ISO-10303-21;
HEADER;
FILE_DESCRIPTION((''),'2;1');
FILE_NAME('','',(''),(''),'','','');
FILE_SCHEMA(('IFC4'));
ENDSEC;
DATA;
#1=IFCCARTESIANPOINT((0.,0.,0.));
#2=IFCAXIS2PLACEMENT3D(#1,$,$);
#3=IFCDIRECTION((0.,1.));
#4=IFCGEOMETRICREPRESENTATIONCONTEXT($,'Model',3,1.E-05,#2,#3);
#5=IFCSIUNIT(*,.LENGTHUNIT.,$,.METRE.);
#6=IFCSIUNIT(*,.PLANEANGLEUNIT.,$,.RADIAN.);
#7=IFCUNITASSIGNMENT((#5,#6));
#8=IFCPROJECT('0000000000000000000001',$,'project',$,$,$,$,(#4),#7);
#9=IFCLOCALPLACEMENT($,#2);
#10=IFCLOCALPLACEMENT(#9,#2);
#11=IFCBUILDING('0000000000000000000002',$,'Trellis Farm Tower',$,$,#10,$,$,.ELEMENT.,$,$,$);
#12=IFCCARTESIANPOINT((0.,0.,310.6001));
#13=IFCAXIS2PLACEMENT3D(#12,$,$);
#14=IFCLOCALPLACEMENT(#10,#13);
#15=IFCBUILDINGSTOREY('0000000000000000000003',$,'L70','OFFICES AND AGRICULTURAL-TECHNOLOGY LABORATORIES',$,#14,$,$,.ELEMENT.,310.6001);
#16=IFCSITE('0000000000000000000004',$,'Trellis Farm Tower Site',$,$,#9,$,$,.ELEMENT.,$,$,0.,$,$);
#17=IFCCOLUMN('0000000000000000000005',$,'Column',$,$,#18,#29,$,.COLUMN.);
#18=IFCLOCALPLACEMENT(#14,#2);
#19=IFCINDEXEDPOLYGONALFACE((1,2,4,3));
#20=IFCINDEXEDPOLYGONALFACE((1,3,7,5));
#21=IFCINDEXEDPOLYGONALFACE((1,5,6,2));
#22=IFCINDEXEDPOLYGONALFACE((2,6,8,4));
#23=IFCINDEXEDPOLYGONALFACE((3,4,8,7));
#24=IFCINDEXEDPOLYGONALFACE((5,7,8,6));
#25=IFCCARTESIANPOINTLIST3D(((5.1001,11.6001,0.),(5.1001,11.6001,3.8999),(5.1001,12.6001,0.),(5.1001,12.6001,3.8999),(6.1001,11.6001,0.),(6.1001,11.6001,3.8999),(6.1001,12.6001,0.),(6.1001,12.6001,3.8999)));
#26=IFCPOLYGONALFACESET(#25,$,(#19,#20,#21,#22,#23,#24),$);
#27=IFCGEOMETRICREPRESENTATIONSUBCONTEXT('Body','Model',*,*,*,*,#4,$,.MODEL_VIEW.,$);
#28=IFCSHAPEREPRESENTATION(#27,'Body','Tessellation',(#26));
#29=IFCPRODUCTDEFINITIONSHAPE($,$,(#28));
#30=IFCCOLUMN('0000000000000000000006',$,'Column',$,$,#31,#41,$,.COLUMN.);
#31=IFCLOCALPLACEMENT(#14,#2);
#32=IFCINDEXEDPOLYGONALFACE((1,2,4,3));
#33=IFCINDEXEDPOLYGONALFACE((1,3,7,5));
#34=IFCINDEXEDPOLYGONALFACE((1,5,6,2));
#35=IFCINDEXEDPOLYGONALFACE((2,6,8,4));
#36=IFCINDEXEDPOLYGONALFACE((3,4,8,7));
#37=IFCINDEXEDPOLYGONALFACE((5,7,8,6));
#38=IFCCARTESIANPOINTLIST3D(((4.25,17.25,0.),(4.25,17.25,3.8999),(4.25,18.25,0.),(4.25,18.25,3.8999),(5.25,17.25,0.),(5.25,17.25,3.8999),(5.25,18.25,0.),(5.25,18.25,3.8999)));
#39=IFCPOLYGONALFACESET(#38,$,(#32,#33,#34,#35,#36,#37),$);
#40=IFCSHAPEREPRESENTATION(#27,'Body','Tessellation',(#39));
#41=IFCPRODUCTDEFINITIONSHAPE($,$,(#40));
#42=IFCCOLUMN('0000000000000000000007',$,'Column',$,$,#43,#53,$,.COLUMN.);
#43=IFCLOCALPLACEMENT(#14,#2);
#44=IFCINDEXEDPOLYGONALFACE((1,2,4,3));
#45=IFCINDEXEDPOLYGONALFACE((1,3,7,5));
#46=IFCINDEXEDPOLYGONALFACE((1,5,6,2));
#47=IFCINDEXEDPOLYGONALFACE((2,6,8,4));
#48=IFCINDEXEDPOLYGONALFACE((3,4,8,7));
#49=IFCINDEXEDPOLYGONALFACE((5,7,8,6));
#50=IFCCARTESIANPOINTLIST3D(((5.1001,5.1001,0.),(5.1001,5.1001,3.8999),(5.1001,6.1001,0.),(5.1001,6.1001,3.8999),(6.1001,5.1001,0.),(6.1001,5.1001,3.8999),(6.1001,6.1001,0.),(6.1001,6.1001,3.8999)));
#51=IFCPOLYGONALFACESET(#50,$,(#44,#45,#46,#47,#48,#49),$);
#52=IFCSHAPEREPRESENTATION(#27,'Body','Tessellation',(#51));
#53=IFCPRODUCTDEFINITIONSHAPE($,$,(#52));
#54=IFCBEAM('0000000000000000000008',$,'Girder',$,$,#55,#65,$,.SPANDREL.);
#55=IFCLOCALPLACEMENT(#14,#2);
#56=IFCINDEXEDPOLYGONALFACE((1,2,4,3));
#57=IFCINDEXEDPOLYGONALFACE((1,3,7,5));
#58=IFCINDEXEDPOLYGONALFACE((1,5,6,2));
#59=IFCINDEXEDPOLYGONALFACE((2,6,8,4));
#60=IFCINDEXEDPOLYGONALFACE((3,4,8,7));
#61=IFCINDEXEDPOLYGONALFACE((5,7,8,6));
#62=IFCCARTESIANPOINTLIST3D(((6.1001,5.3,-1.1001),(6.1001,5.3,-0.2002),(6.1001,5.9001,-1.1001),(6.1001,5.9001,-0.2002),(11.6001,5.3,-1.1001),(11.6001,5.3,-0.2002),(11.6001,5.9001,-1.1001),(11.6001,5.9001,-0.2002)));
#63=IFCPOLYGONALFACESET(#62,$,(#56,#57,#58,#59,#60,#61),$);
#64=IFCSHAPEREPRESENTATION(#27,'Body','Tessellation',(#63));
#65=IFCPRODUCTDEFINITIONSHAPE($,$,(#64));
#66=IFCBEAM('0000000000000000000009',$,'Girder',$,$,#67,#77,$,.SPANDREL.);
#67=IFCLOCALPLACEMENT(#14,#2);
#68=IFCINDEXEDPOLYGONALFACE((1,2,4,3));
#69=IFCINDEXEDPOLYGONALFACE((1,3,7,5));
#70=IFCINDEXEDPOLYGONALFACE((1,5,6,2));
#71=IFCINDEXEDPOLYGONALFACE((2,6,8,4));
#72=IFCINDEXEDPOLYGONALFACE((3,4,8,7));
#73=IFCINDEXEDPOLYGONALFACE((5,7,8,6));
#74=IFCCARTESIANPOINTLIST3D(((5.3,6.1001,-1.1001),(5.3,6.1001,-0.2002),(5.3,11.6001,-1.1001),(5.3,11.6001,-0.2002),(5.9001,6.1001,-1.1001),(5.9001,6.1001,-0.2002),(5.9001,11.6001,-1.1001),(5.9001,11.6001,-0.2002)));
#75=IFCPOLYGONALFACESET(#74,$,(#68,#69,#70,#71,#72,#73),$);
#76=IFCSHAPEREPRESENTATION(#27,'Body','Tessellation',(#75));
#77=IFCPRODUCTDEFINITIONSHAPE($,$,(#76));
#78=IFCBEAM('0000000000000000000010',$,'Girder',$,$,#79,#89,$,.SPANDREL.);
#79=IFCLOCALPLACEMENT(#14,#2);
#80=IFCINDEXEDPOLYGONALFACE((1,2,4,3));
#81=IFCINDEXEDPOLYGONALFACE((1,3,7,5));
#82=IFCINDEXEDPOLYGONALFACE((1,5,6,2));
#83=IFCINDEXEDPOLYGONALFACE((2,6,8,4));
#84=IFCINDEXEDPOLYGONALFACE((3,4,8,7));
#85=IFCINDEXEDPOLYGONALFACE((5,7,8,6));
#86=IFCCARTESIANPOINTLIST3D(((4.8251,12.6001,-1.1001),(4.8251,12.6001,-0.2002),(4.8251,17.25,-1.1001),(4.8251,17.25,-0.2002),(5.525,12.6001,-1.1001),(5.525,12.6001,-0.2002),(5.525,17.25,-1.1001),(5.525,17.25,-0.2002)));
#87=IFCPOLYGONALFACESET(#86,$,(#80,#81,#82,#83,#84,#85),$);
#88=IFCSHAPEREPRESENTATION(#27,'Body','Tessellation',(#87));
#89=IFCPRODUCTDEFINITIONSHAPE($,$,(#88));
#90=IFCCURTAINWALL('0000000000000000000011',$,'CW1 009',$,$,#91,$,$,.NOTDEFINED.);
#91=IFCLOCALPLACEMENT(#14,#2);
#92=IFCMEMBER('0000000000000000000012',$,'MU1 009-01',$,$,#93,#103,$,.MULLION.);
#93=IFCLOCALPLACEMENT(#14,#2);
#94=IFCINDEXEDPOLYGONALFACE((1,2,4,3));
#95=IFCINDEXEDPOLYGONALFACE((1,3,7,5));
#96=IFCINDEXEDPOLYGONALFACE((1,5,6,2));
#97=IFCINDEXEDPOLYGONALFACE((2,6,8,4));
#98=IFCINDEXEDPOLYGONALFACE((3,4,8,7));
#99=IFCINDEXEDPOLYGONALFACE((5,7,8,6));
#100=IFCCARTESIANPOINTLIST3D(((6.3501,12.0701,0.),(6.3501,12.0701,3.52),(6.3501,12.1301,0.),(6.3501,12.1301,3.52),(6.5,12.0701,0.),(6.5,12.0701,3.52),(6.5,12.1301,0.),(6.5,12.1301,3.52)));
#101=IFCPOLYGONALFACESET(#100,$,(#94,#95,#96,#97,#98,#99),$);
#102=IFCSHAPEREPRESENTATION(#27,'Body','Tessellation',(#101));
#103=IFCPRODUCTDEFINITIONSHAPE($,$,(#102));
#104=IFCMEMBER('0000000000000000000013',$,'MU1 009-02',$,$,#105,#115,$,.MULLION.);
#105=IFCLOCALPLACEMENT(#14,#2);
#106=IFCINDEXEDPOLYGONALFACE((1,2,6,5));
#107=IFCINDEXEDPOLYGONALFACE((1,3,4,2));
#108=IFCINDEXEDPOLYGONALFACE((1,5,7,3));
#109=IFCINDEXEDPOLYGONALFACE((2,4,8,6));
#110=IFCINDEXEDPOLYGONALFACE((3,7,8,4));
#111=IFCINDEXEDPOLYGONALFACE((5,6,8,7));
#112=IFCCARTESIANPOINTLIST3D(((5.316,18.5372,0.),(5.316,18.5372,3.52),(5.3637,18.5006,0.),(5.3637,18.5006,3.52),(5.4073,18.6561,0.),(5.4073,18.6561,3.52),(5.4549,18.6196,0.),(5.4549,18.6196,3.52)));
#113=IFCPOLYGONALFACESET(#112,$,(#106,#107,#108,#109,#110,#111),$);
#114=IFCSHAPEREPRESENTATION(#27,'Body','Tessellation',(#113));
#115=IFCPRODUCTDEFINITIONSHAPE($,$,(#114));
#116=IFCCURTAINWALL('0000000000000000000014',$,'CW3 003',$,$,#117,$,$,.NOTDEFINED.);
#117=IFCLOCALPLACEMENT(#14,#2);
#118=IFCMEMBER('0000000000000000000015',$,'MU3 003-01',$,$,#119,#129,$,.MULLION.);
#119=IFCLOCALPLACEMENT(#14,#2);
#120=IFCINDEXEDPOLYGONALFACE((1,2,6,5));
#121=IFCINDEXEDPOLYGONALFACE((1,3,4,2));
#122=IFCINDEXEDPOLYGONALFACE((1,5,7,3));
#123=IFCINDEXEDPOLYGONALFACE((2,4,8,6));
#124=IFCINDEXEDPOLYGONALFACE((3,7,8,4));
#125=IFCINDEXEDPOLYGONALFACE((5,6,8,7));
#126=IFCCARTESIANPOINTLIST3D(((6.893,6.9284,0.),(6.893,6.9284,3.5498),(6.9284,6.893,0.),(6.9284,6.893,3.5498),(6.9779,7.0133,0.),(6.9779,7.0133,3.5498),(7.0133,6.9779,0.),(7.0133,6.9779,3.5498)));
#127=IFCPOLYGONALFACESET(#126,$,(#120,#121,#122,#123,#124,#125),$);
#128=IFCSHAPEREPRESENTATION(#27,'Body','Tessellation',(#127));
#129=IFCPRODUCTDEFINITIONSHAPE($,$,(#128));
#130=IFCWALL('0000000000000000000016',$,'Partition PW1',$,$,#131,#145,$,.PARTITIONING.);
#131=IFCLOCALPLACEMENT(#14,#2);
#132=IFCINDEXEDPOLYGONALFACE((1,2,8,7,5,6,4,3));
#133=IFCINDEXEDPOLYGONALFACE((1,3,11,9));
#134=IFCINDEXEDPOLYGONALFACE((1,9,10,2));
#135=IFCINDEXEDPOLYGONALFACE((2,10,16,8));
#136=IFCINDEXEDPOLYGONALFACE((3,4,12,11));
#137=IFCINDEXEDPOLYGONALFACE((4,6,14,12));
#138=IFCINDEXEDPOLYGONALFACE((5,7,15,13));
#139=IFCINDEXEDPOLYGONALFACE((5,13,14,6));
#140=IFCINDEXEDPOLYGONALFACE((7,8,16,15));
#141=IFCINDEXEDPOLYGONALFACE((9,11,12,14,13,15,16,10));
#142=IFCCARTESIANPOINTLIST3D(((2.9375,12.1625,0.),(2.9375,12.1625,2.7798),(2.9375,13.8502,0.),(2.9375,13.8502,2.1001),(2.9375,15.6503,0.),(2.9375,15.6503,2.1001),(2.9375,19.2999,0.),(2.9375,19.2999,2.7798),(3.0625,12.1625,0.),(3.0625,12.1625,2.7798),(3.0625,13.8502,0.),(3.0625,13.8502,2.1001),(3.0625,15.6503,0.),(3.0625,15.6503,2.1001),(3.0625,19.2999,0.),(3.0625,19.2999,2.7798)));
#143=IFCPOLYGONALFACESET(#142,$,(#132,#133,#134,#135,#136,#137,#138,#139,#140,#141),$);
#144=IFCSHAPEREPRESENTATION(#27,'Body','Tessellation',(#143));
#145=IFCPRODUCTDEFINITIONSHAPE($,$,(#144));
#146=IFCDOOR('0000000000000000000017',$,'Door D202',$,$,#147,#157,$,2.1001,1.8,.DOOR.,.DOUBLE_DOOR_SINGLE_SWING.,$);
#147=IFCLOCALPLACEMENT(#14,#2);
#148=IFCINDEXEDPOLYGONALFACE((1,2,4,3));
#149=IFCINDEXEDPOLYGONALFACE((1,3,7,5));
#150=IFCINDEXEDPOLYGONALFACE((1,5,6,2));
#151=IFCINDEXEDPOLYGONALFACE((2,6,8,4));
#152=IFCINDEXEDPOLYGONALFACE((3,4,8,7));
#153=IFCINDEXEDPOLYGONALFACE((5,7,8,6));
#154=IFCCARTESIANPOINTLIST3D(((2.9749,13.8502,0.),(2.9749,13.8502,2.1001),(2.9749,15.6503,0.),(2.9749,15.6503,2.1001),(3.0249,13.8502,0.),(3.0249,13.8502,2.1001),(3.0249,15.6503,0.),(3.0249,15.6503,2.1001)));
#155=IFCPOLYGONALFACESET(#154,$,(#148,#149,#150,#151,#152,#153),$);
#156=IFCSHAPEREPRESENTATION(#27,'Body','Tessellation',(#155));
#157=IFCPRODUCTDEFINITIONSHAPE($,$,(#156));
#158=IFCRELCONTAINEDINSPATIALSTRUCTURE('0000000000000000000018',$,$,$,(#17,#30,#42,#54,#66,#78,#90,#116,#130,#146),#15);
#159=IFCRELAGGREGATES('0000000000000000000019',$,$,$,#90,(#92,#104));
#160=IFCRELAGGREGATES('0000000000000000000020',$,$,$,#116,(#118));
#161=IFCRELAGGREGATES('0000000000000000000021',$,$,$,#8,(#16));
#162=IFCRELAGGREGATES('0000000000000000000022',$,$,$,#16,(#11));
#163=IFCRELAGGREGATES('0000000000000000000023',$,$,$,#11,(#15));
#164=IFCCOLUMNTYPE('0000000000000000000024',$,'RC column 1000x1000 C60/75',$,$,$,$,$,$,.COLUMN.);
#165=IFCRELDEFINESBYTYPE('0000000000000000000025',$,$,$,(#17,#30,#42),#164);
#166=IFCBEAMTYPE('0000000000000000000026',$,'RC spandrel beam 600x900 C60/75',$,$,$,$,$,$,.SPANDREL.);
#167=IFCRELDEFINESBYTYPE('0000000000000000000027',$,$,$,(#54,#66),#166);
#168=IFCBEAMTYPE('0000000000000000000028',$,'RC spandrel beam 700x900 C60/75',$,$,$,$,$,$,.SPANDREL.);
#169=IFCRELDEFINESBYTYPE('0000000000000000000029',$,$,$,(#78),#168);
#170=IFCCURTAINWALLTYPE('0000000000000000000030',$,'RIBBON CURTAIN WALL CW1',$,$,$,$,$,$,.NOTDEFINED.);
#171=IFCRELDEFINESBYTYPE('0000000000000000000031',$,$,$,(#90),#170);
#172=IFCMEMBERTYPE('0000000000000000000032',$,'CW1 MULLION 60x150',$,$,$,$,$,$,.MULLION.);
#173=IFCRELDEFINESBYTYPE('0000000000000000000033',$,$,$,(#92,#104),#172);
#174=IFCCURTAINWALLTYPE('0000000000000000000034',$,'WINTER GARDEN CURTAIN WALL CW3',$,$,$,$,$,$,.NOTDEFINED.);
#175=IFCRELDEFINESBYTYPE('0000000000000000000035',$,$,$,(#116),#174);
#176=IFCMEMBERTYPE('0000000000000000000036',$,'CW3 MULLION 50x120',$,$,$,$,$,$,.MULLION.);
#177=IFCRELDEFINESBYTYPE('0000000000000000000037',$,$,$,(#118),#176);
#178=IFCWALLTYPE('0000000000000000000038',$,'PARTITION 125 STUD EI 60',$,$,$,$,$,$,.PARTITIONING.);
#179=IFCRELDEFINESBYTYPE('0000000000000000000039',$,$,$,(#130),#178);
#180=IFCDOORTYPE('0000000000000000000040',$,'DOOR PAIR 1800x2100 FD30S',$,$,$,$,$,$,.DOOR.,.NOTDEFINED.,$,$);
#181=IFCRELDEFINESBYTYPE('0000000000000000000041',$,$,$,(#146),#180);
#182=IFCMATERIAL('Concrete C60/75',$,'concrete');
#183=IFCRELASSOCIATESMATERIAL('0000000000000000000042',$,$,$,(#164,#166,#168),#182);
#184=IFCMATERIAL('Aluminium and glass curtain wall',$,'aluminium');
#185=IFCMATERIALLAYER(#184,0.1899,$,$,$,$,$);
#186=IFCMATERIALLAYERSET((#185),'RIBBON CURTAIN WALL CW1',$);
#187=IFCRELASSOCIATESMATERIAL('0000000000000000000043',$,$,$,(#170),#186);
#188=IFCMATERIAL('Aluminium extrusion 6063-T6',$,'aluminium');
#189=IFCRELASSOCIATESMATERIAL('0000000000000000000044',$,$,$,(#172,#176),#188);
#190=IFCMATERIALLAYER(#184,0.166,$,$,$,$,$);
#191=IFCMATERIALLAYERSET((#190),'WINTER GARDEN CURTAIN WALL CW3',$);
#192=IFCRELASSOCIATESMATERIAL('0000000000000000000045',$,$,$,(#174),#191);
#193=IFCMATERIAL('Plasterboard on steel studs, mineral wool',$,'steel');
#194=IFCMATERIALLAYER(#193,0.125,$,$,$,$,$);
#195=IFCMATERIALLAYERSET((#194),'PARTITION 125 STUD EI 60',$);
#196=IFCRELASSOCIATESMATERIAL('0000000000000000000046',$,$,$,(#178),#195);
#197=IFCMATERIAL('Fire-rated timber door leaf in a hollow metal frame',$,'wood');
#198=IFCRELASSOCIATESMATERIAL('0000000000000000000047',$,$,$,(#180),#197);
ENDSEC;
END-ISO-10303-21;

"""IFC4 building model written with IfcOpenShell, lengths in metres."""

from ifc_helpers import new_model, si_unit, direction, frame, frame_2d, origin, origin_2d, place, context, subcontext, project, spatial, rectangle, extrude, source, transform, mapped, material, layer, layer_set, material_profile, profile_set, type_object, element, fill, aggregate, save


model = new_model("IFC4")

# Units and contexts
model_context = context("Model", 3, precision=1e-05, world=origin(), true_north=direction((0.0, 1.0)))
body_context = subcontext(model_context, "Body", "Model", "MODEL_VIEW")
ifc_project = project(units=[si_unit("LENGTHUNIT", "METRE"), si_unit("PLANEANGLEUNIT", "RADIAN")], contexts=[model_context])

# Site, building, storey
site_placement = place(None, origin())
site = spatial("IfcSite", under=ifc_project, at=site_placement, Name="Trellis Farm Tower Site", CompositionType="ELEMENT", RefElevation=0.0)
building_placement = place(site_placement, origin())
building = spatial("IfcBuilding", under=site, at=building_placement, Name="Trellis Farm Tower", CompositionType="ELEMENT")
storey_placement = place(building_placement, frame((0.0, 0.0, 310.6001)))
storey = spatial("IfcBuildingStorey", under=building, at=storey_placement, Name="L70", Description="OFFICES AND AGRICULTURAL-TECHNOLOGY LABORATORIES", CompositionType="ELEMENT", Elevation=310.6001)

# Columns
ifc_material_1 = material(Name="Concrete C60/75", Category="concrete")
ifc_material_profile_1 = material_profile(ifc_material_1, rectangle(XDim=1.0, YDim=1.0, at=origin_2d()), Name="RC column 1000x1000 C60/75")
ifc_profile_set_1 = profile_set([ifc_material_profile_1], Name="Concrete C60/75")
column_type = type_object("IfcColumnType", Name="RC column 1000x1000 C60/75", PredefinedType="COLUMN", material=ifc_profile_set_1)
shared_shape_1 = source(origin(), body_context, "Body", "SweptSolid", [
    extrude(rectangle(XDim=1.0, YDim=1.0, at=origin_2d()), origin(), (0.0, 0.0, 1.0), 3.8999),
])
for number, where, z_axis, x_axis, name in (
    (1, (5.6001, 12.1001, 0.0), (0.0, 0.0, 1.0), (1.0, 0.0, 0.0), "Column"),
    (2, (4.75, 17.75, 0.0), (0.0, 0.0, 1.0), (1.0, 0.0, 0.0), "Column"),
    (3, (5.6001, 5.6001, 0.0), (0.0, 0.0, 1.0), (1.0, 0.0, 0.0), "Column"),
):
    element("IfcColumn", number, at=place(storey_placement, frame(where, z_axis=z_axis, x_axis=x_axis)), inside=storey, type_object=column_type, Name=name, PredefinedType="COLUMN", context=body_context, shape_type="MappedRepresentation", body=[
        mapped(shared_shape_1, transform((0.0, 0.0, 0.0))),
    ])

# Beams
ifc_material_profile_2 = material_profile(ifc_material_1, rectangle(XDim=0.6001, YDim=0.8999, at=origin_2d()), Name="RC spandrel beam 600x900 C60/75")
ifc_profile_set_2 = profile_set([ifc_material_profile_2], Name="Concrete C60/75")
beam_type_1 = type_object("IfcBeamType", Name="RC spandrel beam 600x900 C60/75", PredefinedType="SPANDREL", material=ifc_profile_set_2)
shared_shape_2 = source(origin(), body_context, "Body", "SweptSolid", [
    extrude(rectangle(XDim=0.6001, YDim=0.8999, at=origin_2d()), origin(), (0.0, 0.0, 1.0), 5.5),
])
for number, where, z_axis, x_axis, name in (
    (4, (6.1001, 5.6001, -0.6501), (1.0, 0.0, 0.0), (0.0, 1.0, 0.0), "Girder"),
    (5, (5.6001, 6.1001, -0.6501), (0.0, 1.0, 0.0), (-1.0, 0.0, 0.0), "Girder"),
):
    element("IfcBeam", number, at=place(storey_placement, frame(where, z_axis=z_axis, x_axis=x_axis)), inside=storey, type_object=beam_type_1, Name=name, PredefinedType="SPANDREL", context=body_context, shape_type="MappedRepresentation", body=[
        mapped(shared_shape_2, transform((0.0, 0.0, 0.0))),
    ])
ifc_material_profile_3 = material_profile(ifc_material_1, rectangle(XDim=0.7, YDim=0.8999, at=origin_2d()), Name="RC spandrel beam 700x900 C60/75")
ifc_profile_set_3 = profile_set([ifc_material_profile_3], Name="Concrete C60/75")
beam_type_2 = type_object("IfcBeamType", Name="RC spandrel beam 700x900 C60/75", PredefinedType="SPANDREL", material=ifc_profile_set_3)
shared_shape_3 = source(origin(), body_context, "Body", "SweptSolid", [
    extrude(rectangle(XDim=0.7, YDim=0.8999, at=origin_2d()), origin(), (0.0, 0.0, 1.0), 4.6499),
])
beam_placement = place(storey_placement, frame((5.175, 12.6001, -0.6501), z_axis=(0.0, 1.0, 0.0), x_axis=(-1.0, 0.0, 0.0)))
element("IfcBeam", 6, at=beam_placement, inside=storey, type_object=beam_type_2, Name="Girder", PredefinedType="SPANDREL", context=body_context, shape_type="MappedRepresentation", body=[
    mapped(shared_shape_3, transform((0.0, 0.0, 0.0))),
])

# Curtain wall, members
ifc_material_2 = material(Name="Aluminium and glass curtain wall", Category="aluminium")
ifc_layer_1 = layer(ifc_material_2, 0.1899)
ifc_layer_set_1 = layer_set([ifc_layer_1], Name="RIBBON CURTAIN WALL CW1")
curtain_wall_type_1 = type_object("IfcCurtainWallType", Name="RIBBON CURTAIN WALL CW1", PredefinedType="NOTDEFINED", material=ifc_layer_set_1)
placement = place(storey_placement, origin())
curtain_wall_1 = element("IfcCurtainWall", 7, at=placement, inside=storey, type_object=curtain_wall_type_1, Name="CW1 009", PredefinedType="NOTDEFINED")
ifc_material_3 = material(Name="Aluminium extrusion 6063-T6", Category="aluminium")
ifc_material_profile_4 = material_profile(ifc_material_3, rectangle(XDim=0.0601, YDim=0.1499, at=origin_2d()), Name="MULLION 60x150")
ifc_profile_set_4 = profile_set([ifc_material_profile_4], Name="Aluminium extrusion 6063-T6")
member_type_1 = type_object("IfcMemberType", Name="CW1 MULLION 60x150", PredefinedType="MULLION", material=ifc_profile_set_4)
shared_shape_4 = source(origin(), body_context, "Body", "SweptSolid", [
    extrude(rectangle(XDim=0.0601, YDim=0.1499, at=origin_2d()), origin(), (0.0, 0.0, 1.0), 3.52),
])
member_1_placement = place(storey_placement, frame((6.425, 12.1001, 0.0), z_axis=(0.0, 0.0, 1.0), x_axis=(0.0, 1.0, 0.0)))
member_1 = element("IfcMember", 8, at=member_1_placement, type_object=member_type_1, Name="MU1 009-01", PredefinedType="MULLION", context=body_context, shape_type="MappedRepresentation", body=[
    mapped(shared_shape_4, transform((0.0, 0.0, 0.0))),
])
member_2_placement = place(storey_placement, frame((5.3855, 18.5784, 0.0), z_axis=(0.0, 0.0, 1.0), x_axis=(-0.793353, 0.608761, 0.0)))
member_2 = element("IfcMember", 9, at=member_2_placement, type_object=member_type_1, Name="MU1 009-02", PredefinedType="MULLION", context=body_context, shape_type="MappedRepresentation", body=[
    mapped(shared_shape_4, transform((0.0, 0.0, 0.0))),
])
aggregate(curtain_wall_1, [member_1, member_2])

# Curtain wall, member
ifc_layer_2 = layer(ifc_material_2, 0.166)
ifc_layer_set_2 = layer_set([ifc_layer_2], Name="WINTER GARDEN CURTAIN WALL CW3")
curtain_wall_type_2 = type_object("IfcCurtainWallType", Name="WINTER GARDEN CURTAIN WALL CW3", PredefinedType="NOTDEFINED", material=ifc_layer_set_2)
curtain_wall_2 = element("IfcCurtainWall", 10, at=placement, inside=storey, type_object=curtain_wall_type_2, Name="CW3 003", PredefinedType="NOTDEFINED")
ifc_material_profile_5 = material_profile(ifc_material_3, rectangle(XDim=0.05, YDim=0.1201, at=origin_2d()), Name="MULLION 50x120")
ifc_profile_set_5 = profile_set([ifc_material_profile_5], Name="Aluminium extrusion 6063-T6")
member_type_2 = type_object("IfcMemberType", Name="CW3 MULLION 50x120", PredefinedType="MULLION", material=ifc_profile_set_5)
shared_shape_5 = source(origin(), body_context, "Body", "SweptSolid", [
    extrude(rectangle(XDim=0.05, YDim=0.1201, at=origin_2d()), origin(), (0.0, 0.0, 1.0), 3.5498),
])
member_3_placement = place(storey_placement, frame((6.9531, 6.9531, 0.0), z_axis=(0.0, 0.0, 1.0), x_axis=(-0.707107, 0.707107, 0.0)))
member_3 = element("IfcMember", 11, at=member_3_placement, type_object=member_type_2, Name="MU3 003-01", PredefinedType="MULLION", context=body_context, shape_type="MappedRepresentation", body=[
    mapped(shared_shape_5, transform((0.0, 0.0, 0.0))),
])
aggregate(curtain_wall_2, [member_3])

# Wall, opening, door
ifc_material_4 = material(Name="Plasterboard on steel studs, mineral wool", Category="steel")
ifc_layer_3 = layer(ifc_material_4, 0.125)
ifc_layer_set_3 = layer_set([ifc_layer_3], Name="PARTITION 125 STUD EI 60")
wall_type_1 = type_object("IfcWallType", Name="PARTITION 125 STUD EI 60", PredefinedType="PARTITIONING", material=ifc_layer_set_3)
wall_1_placement = place(storey_placement, frame((3.0, 19.3, 0.0), z_axis=(0.0, 0.0, 1.0), x_axis=(0.0, -1.0, 0.0)))
wall_1 = element("IfcWall", 12, at=wall_1_placement, inside=storey, type_object=wall_type_1, Name="Partition PW1", PredefinedType="PARTITIONING", context=body_context, shape_type="SweptSolid", body=[
    extrude(rectangle(XDim=7.1375, YDim=0.125, at=frame_2d((3.5688, 0.0))), origin(), (0.0, 0.0, 1.0), 2.7798),
])
shared_shape_6 = source(origin(), body_context, "Body", "SweptSolid", [
    extrude(rectangle(XDim=1.8, YDim=2.1001, at=frame_2d((0.8999, 1.05))), frame((0.0, 0.0725, 0.0), z_axis=(0.0, -1.0, 0.0), x_axis=(1.0, 0.0, 0.0)), (0.0, 0.0, 1.0), 0.145),
])
opening_1_placement = place(wall_1_placement, frame((3.6499, 0.0, 0.0)))
opening_1 = element("IfcOpeningElement", 13, at=opening_1_placement, cuts=wall_1, PredefinedType="OPENING", context=body_context, shape_type="MappedRepresentation", body=[
    mapped(shared_shape_6, transform((0.0, 0.0, 0.0))),
])
ifc_material_5 = material(Name="Fire-rated timber door leaf in a hollow metal frame", Category="wood")
door_type_1 = type_object("IfcDoorType", Name="DOOR PAIR 1800x2100 FD30S", OperationType="NOTDEFINED", PredefinedType="DOOR", material=ifc_material_5)
shared_shape_7 = source(origin(), body_context, "Body", "SweptSolid", [
    extrude(rectangle(XDim=1.8, YDim=2.1001, at=frame_2d((0.8999, 1.05))), frame((0.0, 0.0249, 0.0), z_axis=(0.0, -1.0, 0.0), x_axis=(1.0, 0.0, 0.0)), (0.0, 0.0, 1.0), 0.05),
])
door_1_placement = place(opening_1_placement, origin())
door_1 = element("IfcDoor", 14, at=door_1_placement, inside=storey, type_object=door_type_1, Name="Door D202", OperationType="DOUBLE_DOOR_SINGLE_SWING", OverallHeight=2.1001, OverallWidth=1.8, PredefinedType="DOOR", context=body_context, shape_type="MappedRepresentation", body=[
    mapped(shared_shape_7, transform((0.0, 0.0, 0.0))),
])
fill(opening_1, door_1)

save(model, "model.ifc")
